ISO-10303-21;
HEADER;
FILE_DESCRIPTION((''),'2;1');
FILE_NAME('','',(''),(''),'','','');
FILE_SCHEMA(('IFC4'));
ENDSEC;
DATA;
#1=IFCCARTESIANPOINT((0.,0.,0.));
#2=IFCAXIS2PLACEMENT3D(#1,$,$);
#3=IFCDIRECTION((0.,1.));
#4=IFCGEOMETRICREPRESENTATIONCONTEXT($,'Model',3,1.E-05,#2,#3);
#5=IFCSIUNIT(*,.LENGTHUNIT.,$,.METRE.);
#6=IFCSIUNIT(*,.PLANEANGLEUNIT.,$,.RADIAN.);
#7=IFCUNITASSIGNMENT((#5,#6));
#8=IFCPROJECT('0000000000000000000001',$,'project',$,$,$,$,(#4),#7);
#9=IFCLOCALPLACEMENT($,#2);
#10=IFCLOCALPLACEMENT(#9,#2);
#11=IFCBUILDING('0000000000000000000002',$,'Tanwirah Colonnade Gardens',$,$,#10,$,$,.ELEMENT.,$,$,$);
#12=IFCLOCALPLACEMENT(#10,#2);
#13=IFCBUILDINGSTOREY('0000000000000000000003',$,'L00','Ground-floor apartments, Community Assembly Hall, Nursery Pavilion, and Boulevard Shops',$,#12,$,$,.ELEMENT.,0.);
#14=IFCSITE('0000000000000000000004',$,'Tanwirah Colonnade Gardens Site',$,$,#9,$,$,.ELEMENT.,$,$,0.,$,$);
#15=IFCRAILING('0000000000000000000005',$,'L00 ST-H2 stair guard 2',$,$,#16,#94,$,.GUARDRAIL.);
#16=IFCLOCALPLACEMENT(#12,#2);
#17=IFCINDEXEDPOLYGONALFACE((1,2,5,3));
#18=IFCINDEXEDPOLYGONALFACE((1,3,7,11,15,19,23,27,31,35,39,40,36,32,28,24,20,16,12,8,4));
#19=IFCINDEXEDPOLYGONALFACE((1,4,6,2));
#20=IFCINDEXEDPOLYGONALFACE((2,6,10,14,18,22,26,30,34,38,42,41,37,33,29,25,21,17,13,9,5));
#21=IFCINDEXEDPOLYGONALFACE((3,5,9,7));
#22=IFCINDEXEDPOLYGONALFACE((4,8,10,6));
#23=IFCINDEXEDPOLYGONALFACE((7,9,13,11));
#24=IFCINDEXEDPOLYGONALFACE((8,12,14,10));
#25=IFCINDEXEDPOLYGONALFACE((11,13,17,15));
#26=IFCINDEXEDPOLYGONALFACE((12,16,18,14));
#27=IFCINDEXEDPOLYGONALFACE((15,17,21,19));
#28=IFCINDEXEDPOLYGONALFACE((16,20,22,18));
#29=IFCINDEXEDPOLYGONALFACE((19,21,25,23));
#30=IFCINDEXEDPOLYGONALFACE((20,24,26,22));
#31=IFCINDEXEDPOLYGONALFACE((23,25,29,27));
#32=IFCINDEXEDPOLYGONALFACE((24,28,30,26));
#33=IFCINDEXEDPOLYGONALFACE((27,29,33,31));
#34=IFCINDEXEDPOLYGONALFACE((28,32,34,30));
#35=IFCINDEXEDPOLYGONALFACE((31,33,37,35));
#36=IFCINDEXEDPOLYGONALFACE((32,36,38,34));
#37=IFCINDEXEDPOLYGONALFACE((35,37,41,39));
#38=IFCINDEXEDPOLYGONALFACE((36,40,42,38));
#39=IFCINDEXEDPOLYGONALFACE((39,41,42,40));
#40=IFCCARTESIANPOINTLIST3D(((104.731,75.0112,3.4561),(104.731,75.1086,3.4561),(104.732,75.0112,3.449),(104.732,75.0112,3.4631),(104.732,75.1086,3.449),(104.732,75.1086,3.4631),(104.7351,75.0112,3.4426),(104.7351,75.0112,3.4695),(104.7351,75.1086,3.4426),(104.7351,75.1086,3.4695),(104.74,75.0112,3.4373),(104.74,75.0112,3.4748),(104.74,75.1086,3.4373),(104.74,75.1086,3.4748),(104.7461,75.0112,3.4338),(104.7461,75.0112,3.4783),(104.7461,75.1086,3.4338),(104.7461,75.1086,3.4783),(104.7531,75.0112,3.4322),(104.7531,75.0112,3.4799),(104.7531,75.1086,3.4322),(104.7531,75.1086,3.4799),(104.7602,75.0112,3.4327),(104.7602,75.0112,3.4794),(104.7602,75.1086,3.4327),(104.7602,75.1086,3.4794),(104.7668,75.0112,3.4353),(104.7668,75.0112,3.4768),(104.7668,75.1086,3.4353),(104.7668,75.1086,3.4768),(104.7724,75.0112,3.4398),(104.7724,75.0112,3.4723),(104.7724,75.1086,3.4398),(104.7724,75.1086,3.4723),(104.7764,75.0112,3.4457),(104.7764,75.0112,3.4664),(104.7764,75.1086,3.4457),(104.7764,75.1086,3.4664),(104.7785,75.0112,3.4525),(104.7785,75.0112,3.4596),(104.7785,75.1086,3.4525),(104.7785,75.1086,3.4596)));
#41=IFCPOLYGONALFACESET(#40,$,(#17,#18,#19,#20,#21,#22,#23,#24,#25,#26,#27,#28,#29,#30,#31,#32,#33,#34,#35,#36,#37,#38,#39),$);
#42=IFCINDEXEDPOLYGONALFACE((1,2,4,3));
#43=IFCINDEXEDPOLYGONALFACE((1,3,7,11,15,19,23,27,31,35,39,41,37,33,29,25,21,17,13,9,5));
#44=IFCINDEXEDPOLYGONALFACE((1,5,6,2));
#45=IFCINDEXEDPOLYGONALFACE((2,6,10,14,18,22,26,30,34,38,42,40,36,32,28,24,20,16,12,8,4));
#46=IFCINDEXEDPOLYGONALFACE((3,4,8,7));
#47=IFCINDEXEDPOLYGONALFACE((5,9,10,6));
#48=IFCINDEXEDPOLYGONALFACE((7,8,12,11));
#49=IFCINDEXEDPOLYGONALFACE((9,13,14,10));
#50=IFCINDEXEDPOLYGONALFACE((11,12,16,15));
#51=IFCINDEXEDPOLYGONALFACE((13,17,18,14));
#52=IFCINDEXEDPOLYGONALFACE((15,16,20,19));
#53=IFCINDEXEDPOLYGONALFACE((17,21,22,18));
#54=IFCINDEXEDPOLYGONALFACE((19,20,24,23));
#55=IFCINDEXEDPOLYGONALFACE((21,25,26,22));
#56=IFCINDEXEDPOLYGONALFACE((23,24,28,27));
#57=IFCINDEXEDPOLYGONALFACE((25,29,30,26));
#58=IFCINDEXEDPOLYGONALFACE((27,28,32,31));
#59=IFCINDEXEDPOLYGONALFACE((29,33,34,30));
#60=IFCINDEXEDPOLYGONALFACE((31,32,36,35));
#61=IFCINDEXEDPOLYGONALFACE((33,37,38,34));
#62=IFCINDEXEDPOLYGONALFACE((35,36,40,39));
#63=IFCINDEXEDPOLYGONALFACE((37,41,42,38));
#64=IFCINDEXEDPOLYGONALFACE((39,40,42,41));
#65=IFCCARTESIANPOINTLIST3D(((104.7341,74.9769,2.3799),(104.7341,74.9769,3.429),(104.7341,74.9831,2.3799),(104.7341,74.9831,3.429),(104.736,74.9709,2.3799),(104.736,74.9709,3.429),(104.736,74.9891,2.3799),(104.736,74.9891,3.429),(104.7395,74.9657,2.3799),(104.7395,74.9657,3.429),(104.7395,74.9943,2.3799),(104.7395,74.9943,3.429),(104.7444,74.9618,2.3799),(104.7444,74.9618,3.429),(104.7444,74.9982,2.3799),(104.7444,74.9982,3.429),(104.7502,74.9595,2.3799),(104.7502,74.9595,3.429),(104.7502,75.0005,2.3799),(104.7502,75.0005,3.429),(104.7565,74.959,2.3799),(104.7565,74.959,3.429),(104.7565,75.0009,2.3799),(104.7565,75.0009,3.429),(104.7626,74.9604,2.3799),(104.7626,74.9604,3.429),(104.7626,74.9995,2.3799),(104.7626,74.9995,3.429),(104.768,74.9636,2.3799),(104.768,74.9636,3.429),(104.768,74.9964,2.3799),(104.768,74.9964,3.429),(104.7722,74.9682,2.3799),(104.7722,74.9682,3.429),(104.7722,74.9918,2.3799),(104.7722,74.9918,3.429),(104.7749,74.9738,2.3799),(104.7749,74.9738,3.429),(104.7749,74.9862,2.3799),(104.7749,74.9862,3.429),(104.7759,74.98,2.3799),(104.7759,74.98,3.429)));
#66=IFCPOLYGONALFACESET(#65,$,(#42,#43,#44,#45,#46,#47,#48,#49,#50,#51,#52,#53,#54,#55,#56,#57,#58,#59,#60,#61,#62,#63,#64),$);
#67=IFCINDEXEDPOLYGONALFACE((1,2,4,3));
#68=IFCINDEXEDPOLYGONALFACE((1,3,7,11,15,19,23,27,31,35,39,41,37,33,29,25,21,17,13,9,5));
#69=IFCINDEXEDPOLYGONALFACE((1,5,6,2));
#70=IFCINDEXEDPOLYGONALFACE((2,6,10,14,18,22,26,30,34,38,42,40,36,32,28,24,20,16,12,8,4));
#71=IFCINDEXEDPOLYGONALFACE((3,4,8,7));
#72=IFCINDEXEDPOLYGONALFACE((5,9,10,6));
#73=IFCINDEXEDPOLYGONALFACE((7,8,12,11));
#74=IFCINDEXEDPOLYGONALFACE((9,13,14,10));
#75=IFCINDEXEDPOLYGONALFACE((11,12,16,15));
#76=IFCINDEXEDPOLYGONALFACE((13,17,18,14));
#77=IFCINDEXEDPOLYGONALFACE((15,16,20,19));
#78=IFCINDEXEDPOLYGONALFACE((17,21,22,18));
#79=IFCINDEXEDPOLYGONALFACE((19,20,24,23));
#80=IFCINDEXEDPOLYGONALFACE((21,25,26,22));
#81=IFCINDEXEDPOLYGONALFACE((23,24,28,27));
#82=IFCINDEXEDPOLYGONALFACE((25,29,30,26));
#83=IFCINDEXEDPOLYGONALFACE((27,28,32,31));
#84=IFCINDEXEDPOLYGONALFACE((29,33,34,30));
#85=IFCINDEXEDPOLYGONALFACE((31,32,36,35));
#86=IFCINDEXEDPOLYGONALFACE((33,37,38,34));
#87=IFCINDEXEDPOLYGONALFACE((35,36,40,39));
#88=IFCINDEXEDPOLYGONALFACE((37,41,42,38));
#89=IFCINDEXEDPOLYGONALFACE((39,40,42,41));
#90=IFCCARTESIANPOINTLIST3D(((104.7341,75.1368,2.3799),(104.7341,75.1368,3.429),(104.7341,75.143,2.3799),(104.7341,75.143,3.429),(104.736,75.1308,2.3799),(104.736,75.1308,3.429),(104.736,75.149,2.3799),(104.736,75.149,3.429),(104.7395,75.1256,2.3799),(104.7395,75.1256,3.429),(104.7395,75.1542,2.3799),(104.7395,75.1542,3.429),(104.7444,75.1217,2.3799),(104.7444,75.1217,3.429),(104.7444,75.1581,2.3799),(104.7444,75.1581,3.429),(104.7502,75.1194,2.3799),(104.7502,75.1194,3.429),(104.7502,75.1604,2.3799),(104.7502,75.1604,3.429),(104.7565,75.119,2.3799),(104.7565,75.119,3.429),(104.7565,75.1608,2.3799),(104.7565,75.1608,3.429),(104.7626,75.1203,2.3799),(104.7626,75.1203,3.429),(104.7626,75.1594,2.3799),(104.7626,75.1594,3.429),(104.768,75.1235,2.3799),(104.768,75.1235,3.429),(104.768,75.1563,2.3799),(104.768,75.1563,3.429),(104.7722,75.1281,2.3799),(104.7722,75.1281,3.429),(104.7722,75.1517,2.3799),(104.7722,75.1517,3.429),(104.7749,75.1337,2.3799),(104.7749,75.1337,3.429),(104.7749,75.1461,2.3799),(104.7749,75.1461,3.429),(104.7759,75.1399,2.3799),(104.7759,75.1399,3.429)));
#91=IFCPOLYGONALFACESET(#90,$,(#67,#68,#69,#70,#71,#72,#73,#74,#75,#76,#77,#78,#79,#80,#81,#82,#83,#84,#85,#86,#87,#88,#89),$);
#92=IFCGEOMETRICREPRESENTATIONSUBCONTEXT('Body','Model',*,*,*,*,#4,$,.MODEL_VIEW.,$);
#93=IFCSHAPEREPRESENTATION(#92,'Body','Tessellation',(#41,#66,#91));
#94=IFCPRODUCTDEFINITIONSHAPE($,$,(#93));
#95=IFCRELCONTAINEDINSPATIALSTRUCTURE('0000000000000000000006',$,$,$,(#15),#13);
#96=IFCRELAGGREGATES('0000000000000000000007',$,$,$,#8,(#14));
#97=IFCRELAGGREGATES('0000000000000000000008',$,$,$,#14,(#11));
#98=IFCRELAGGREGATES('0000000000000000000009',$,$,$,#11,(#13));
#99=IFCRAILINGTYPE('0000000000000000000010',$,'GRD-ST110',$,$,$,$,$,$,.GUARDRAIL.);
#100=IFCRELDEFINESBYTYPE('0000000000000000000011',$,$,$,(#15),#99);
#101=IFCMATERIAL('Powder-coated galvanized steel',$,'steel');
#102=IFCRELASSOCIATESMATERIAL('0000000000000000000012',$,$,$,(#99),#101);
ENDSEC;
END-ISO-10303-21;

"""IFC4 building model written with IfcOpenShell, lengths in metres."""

from ifc_helpers import new_model, si_unit, direction, frame, origin, origin_2d, place, context, subcontext, project, spatial, circle, extrude, material, type_object, element, save


model = new_model("IFC4")

# Units and contexts
model_context = context("Model", 3, precision=1e-05, world=origin(), true_north=direction((0.0, 1.0)))
body_context = subcontext(model_context, "Body", "Model", "MODEL_VIEW")
ifc_project = project(units=[si_unit("LENGTHUNIT", "METRE"), si_unit("PLANEANGLEUNIT", "RADIAN")], contexts=[model_context])

# Site, building, storey
site_placement = place(None, origin())
site = spatial("IfcSite", under=ifc_project, at=site_placement, Name="Tanwirah Colonnade Gardens Site", CompositionType="ELEMENT", RefElevation=0.0)
building_placement = place(site_placement, origin())
building = spatial("IfcBuilding", under=site, at=building_placement, Name="Tanwirah Colonnade Gardens", CompositionType="ELEMENT")
storey_placement = place(building_placement, origin())
storey = spatial("IfcBuildingStorey", under=building, at=storey_placement, Name="L00", Description="Ground-floor apartments, Community Assembly Hall, Nursery Pavilion, and Boulevard Shops", CompositionType="ELEMENT", Elevation=0.0)

# Railing
ifc_material_1 = material(Name="Powder-coated galvanized steel", Category="steel")
railing_type_1 = type_object("IfcRailingType", Name="GRD-ST110", PredefinedType="GUARDRAIL", material=ifc_material_1)
railing_1_placement = place(storey_placement, frame((104.7549, 74.98, 2.3799)))
element("IfcRailing", 1, at=railing_1_placement, inside=storey, type_object=railing_type_1, Name="L00 ST-H2 stair guard 2", PredefinedType="GUARDRAIL", context=body_context, shape_type="SweptSolid", body=[
    extrude(circle(Radius=0.0239, at=origin_2d()), frame((0.0, 0.0312, 1.0762), z_axis=(0.0, 1.0, 0.0), x_axis=(-1.0, 0.0, 0.0)), (0.0, 0.0, 1.0), 0.0974),
    extrude(circle(Radius=0.021, at=origin_2d()), origin(), (0.0, 0.0, 1.0), 1.0491),
    extrude(circle(Radius=0.021, at=origin_2d()), frame((0.0, 0.1599, 0.0)), (0.0, 0.0, 1.0), 1.0491),
])

save(model, "model.ifc")
